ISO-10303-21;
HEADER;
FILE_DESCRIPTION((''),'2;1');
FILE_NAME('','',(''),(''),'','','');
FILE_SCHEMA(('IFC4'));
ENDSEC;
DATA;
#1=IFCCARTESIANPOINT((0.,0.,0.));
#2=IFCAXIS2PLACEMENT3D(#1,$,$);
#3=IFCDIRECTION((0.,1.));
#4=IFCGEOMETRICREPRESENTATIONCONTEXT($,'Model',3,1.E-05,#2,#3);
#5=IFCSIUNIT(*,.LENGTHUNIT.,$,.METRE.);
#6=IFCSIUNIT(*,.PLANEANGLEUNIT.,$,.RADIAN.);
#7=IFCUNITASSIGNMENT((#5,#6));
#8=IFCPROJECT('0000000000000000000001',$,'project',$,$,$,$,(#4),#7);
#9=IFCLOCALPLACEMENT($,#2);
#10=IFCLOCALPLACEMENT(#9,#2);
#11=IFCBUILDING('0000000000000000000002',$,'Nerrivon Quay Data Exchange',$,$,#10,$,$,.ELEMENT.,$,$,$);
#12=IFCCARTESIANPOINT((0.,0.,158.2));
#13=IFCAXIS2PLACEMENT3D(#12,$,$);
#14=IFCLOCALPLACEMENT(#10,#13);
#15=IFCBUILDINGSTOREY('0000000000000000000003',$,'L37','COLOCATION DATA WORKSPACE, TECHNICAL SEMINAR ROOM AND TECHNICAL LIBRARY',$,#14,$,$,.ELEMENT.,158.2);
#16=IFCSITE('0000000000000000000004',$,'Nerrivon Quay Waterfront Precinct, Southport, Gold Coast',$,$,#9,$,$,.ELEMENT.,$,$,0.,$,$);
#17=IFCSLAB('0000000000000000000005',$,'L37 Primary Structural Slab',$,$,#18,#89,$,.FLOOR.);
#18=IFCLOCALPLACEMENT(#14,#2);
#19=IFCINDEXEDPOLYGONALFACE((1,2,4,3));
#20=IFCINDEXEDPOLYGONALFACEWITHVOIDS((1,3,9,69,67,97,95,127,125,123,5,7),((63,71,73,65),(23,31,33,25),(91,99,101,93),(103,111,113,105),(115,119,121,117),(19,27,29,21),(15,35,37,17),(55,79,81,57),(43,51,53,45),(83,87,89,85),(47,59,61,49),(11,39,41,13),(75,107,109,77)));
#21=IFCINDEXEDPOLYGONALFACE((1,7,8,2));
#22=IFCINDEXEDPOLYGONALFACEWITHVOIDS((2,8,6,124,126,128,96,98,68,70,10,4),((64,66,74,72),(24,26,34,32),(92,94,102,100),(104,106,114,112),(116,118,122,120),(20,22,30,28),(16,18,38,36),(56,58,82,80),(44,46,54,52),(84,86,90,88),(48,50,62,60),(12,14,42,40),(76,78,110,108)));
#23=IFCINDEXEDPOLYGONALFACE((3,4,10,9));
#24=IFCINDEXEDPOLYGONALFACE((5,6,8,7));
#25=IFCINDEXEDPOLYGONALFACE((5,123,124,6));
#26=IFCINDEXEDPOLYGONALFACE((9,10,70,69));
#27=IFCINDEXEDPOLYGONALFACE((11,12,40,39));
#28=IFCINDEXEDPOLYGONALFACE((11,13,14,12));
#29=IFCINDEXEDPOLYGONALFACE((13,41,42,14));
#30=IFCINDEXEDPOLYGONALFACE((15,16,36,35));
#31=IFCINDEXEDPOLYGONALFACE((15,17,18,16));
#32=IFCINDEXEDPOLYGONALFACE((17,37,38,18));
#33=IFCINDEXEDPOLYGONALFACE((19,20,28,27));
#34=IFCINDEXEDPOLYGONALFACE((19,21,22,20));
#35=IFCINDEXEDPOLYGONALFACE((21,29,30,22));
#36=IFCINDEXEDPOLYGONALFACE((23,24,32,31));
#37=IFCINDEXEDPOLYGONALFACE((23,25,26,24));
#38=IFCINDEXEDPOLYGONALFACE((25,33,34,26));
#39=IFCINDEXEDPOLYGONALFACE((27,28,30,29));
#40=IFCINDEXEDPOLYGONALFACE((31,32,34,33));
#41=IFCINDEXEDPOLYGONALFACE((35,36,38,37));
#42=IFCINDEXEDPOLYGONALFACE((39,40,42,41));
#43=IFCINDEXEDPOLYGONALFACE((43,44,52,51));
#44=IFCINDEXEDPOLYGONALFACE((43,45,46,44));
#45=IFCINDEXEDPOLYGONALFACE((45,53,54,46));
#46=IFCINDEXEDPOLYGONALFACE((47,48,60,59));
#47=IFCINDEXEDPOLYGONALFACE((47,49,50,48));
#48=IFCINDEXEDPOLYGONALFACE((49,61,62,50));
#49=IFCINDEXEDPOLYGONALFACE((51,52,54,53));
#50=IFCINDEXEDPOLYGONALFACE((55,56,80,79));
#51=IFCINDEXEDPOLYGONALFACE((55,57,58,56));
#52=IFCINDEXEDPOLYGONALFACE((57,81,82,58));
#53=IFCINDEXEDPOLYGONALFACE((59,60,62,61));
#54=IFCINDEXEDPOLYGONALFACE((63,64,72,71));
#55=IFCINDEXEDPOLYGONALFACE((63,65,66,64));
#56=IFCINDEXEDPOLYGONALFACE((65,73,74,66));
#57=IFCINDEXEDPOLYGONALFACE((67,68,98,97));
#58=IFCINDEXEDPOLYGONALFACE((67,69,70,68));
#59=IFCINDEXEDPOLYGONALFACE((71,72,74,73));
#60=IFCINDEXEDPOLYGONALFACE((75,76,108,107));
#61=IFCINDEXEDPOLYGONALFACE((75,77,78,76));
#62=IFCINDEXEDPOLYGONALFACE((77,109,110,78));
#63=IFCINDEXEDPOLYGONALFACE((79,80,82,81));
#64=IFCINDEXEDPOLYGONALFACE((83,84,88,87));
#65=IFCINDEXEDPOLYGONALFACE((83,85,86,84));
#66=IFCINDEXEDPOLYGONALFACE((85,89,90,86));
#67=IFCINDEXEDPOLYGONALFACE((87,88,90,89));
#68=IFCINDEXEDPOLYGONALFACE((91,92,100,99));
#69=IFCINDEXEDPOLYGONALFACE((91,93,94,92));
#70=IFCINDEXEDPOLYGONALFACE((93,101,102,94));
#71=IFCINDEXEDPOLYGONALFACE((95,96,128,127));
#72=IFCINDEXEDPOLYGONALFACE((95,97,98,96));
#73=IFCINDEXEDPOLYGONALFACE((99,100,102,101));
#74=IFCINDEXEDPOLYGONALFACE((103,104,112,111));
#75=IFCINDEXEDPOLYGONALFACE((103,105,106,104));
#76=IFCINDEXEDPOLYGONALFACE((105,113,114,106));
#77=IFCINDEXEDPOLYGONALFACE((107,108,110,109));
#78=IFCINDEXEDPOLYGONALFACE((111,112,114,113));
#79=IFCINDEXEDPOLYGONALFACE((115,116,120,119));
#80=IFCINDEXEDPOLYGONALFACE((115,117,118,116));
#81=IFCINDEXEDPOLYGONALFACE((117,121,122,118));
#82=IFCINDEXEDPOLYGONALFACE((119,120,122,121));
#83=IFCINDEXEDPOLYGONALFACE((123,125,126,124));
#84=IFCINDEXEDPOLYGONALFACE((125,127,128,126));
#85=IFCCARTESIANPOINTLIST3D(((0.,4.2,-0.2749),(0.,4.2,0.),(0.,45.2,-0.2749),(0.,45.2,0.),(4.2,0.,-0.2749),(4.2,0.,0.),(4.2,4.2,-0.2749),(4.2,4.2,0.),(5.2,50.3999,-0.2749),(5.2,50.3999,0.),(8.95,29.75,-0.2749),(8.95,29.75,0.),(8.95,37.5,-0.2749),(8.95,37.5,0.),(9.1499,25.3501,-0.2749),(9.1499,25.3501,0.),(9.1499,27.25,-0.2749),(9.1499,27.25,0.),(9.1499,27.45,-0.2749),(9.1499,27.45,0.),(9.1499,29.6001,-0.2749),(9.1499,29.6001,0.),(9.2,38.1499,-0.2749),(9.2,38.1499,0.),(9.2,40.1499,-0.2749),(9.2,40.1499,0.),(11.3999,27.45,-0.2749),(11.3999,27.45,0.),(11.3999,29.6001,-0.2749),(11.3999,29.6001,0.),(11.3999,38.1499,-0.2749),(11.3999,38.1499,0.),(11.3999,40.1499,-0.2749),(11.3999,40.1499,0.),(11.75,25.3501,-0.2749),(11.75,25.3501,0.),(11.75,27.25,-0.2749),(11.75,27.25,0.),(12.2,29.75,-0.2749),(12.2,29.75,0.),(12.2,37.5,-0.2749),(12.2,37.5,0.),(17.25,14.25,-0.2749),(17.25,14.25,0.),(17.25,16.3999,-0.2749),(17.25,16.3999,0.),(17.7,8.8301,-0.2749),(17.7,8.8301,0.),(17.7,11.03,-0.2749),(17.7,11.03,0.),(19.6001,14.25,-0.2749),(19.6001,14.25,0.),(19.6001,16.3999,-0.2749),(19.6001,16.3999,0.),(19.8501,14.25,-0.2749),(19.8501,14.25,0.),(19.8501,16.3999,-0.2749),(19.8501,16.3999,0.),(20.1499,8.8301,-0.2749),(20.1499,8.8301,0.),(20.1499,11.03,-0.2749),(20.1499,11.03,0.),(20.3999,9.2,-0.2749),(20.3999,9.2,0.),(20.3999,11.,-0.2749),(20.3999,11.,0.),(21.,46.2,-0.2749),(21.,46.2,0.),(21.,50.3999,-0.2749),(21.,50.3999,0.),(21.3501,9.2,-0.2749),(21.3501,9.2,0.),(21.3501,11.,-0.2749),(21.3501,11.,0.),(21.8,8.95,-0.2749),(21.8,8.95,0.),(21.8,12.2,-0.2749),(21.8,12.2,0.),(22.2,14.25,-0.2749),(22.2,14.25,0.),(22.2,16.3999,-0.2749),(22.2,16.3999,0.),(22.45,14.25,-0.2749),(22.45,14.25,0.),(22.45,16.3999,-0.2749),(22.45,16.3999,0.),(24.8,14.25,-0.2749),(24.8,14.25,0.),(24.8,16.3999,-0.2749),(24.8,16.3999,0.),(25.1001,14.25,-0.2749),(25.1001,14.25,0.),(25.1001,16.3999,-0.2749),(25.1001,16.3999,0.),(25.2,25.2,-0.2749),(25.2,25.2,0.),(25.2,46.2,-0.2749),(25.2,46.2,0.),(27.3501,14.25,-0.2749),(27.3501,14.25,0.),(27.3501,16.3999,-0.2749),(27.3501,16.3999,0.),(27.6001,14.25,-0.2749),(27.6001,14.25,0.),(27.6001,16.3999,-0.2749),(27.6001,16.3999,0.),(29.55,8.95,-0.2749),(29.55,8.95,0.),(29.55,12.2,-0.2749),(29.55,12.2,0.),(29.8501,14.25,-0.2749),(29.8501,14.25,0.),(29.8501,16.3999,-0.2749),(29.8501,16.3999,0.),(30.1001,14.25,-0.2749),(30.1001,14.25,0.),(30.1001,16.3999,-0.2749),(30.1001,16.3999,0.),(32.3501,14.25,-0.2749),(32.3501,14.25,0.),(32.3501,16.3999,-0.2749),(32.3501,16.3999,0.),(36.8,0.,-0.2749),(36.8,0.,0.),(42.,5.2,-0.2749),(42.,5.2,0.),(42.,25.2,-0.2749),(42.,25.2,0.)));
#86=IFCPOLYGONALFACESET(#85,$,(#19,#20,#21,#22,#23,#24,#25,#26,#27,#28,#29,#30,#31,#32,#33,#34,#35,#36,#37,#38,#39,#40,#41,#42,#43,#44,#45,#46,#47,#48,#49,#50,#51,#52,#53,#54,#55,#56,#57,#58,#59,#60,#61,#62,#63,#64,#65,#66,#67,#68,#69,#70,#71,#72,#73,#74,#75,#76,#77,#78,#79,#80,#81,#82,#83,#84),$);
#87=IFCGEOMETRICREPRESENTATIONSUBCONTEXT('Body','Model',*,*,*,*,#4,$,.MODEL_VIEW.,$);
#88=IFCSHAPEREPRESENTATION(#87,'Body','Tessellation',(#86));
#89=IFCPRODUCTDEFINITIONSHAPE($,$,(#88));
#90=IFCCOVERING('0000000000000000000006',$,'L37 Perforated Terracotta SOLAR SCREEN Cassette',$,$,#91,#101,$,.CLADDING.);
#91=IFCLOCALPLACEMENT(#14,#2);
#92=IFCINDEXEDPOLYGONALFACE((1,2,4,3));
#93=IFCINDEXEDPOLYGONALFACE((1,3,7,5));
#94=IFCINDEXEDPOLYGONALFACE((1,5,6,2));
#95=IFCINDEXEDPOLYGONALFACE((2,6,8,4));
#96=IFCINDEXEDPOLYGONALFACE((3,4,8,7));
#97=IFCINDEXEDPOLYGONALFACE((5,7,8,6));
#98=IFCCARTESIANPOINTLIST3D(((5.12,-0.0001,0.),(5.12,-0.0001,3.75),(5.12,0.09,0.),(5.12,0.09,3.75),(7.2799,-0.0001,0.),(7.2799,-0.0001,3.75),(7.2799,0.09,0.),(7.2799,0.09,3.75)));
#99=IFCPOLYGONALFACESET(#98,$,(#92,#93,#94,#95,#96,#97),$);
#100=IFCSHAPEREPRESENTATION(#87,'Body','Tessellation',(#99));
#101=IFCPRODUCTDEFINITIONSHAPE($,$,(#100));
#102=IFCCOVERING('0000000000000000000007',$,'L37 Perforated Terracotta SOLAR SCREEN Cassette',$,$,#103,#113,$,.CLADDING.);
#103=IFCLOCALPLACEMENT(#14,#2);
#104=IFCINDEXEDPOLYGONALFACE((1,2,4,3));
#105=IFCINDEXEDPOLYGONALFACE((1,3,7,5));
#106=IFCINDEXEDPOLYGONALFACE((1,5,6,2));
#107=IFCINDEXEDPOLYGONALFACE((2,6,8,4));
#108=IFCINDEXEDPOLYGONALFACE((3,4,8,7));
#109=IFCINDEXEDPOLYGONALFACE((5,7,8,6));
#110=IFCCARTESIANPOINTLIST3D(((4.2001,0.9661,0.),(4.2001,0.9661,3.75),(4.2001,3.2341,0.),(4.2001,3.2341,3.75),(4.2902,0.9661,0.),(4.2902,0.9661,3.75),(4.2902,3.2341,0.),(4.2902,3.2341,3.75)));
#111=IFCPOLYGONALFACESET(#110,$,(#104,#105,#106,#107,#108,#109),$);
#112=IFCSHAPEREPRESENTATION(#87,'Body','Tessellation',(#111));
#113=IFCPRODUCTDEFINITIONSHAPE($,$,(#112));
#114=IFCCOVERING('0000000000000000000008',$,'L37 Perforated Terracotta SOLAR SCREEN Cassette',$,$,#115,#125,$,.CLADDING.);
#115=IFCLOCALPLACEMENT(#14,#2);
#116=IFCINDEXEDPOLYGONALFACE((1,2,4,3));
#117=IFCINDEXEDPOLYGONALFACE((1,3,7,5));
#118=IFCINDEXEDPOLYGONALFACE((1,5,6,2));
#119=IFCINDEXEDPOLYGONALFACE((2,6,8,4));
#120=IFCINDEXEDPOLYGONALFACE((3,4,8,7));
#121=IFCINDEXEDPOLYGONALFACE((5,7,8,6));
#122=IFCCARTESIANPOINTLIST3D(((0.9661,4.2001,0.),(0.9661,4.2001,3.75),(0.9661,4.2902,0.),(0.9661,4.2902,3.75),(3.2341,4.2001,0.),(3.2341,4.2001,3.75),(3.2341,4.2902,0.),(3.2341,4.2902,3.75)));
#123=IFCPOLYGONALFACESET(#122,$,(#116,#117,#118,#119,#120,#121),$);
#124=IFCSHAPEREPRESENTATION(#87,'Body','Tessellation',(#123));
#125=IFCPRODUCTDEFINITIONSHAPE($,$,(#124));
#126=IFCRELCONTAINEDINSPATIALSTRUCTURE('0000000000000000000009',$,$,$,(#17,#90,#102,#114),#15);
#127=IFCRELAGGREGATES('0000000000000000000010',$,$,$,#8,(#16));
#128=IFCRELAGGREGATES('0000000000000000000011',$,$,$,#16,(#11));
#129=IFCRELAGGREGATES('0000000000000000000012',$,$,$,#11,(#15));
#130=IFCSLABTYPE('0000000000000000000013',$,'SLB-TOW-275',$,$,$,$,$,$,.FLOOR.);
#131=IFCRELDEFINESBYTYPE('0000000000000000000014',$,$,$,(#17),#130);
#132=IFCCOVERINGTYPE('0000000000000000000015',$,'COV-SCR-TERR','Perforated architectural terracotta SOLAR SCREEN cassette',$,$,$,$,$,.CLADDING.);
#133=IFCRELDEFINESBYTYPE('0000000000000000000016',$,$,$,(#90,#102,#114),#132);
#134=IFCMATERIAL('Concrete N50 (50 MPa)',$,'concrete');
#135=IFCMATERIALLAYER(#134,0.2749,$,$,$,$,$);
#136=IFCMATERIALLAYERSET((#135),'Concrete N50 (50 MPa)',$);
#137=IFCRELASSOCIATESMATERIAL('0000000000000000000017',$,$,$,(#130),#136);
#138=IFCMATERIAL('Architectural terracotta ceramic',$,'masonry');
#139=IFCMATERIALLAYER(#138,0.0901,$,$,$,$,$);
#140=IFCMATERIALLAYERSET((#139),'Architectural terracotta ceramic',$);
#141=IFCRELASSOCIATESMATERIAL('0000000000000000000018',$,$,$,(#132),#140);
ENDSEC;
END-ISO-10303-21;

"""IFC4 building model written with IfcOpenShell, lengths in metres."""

from ifc_helpers import new_model, si_unit, direction, frame, origin, origin_2d, place, context, subcontext, project, spatial, polyline, rectangle, outline, extrude, material, layer, layer_set, type_object, element, save


model = new_model("IFC4")

# Units and contexts
model_context = context("Model", 3, precision=1e-05, world=origin(), true_north=direction((0.0, 1.0)))
body_context = subcontext(model_context, "Body", "Model", "MODEL_VIEW")
ifc_project = project(units=[si_unit("LENGTHUNIT", "METRE"), si_unit("PLANEANGLEUNIT", "RADIAN")], contexts=[model_context])

# Site, building, storey
site_placement = place(None, origin())
site = spatial("IfcSite", under=ifc_project, at=site_placement, Name="Nerrivon Quay Waterfront Precinct, Southport, Gold Coast", CompositionType="ELEMENT", RefElevation=0.0)
building_placement = place(site_placement, origin())
building = spatial("IfcBuilding", under=site, at=building_placement, Name="Nerrivon Quay Data Exchange", CompositionType="ELEMENT")
storey_placement = place(building_placement, frame((0.0, 0.0, 158.2)))
storey = spatial("IfcBuildingStorey", under=building, at=storey_placement, Name="L37", Description="COLOCATION DATA WORKSPACE, TECHNICAL SEMINAR ROOM AND TECHNICAL LIBRARY", CompositionType="ELEMENT", Elevation=158.2)

# Shared definitions
ifc_material_1 = material(Name="Concrete N50 (50 MPa)", Category="concrete")

# Slab
ifc_layer_1 = layer(ifc_material_1, 0.2749)
ifc_layer_set_1 = layer_set([ifc_layer_1], Name="Concrete N50 (50 MPa)")
slab_type_1 = type_object("IfcSlabType", Name="SLB-TOW-275", PredefinedType="FLOOR", material=ifc_layer_set_1)
slab_1_placement = place(storey_placement, frame((0.0, 0.0, -0.2749)))
element("IfcSlab", 1, at=slab_1_placement, inside=storey, type_object=slab_type_1, Name="L37 Primary Structural Slab", PredefinedType="FLOOR", context=body_context, shape_type="SweptSolid", body=[
    extrude(outline(polyline([(42.0, 25.2), (25.2, 25.2), (25.2, 46.2), (21.0, 46.2), (21.0, 50.3999), (5.2, 50.3999), (0.0, 45.2), (0.0, 4.2), (4.2, 4.2), (4.2, 0.0), (36.8, 0.0), (42.0, 5.2), (42.0, 25.2)]), holes=[polyline([(8.95, 29.75), (8.95, 37.5), (12.2, 37.5), (12.2, 29.75), (8.95, 29.75)]), polyline([(21.8, 12.2), (29.55, 12.2), (29.55, 8.95), (21.8, 8.95), (21.8, 12.2)]), polyline([(30.1001, 16.3999), (32.3501, 16.3999), (32.3501, 14.25), (30.1001, 14.25), (30.1001, 16.3999)]), polyline([(27.6001, 16.3999), (29.8501, 16.3999), (29.8501, 14.25), (27.6001, 14.25), (27.6001, 16.3999)]), polyline([(25.1001, 14.25), (25.1001, 16.3999), (27.3501, 16.3999), (27.3501, 14.25), (25.1001, 14.25)]), polyline([(22.45, 16.3999), (24.8, 16.3999), (24.8, 14.25), (22.45, 14.25), (22.45, 16.3999)]), polyline([(19.8501, 16.3999), (22.2, 16.3999), (22.2, 14.25), (19.8501, 14.25), (19.8501, 16.3999)]), polyline([(20.3999, 9.2), (20.3999, 11.0), (21.3501, 11.0), (21.3501, 9.2), (20.3999, 9.2)]), polyline([(17.7, 8.8301), (17.7, 11.03), (20.1499, 11.03), (20.1499, 8.8301), (17.7, 8.8301)]), polyline([(17.25, 14.25), (17.25, 16.3999), (19.6001, 16.3999), (19.6001, 14.25), (17.25, 14.25)]), polyline([(9.1499, 27.25), (11.75, 27.25), (11.75, 25.3501), (9.1499, 25.3501), (9.1499, 27.25)]), polyline([(9.1499, 29.6001), (11.3999, 29.6001), (11.3999, 27.45), (9.1499, 27.45), (9.1499, 29.6001)]), polyline([(9.2, 38.1499), (9.2, 40.1499), (11.3999, 40.1499), (11.3999, 38.1499), (9.2, 38.1499)])]), origin(), (0.0, 0.0, 1.0), 0.2749),
])

# Coverings
ifc_material_2 = material(Name="Architectural terracotta ceramic", Category="masonry")
ifc_layer_2 = layer(ifc_material_2, 0.0901)
ifc_layer_set_2 = layer_set([ifc_layer_2], Name="Architectural terracotta ceramic")
covering_type = type_object("IfcCoveringType", Name="COV-SCR-TERR", Description="Perforated architectural terracotta SOLAR SCREEN cassette", PredefinedType="CLADDING", material=ifc_layer_set_2)
covering_placement = place(storey_placement, frame((6.2, 0.0449, 0.0), z_axis=(0.0, 0.0, 1.0), x_axis=(-1.0, 0.0, 0.0)))
element("IfcCovering", 2, at=covering_placement, inside=storey, type_object=covering_type, Name="L37 Perforated Terracotta SOLAR SCREEN Cassette", PredefinedType="CLADDING", context=body_context, shape_type="SweptSolid", body=[
    extrude(rectangle(XDim=2.1599, YDim=0.0901, at=origin_2d()), origin(), (0.0, 0.0, 1.0), 3.75),
])
for number, where, z_axis, x_axis, name in (
    (3, (4.2451, 2.1001, 0.0), (0.0, 0.0, 1.0), (0.0, 1.0, 0.0), "L37 Perforated Terracotta SOLAR SCREEN Cassette"),
    (4, (2.1001, 4.2451, 0.0), (0.0, 0.0, 1.0), (-1.0, 0.0, 0.0), "L37 Perforated Terracotta SOLAR SCREEN Cassette"),
):
    element("IfcCovering", number, at=place(storey_placement, frame(where, z_axis=z_axis, x_axis=x_axis)), inside=storey, type_object=covering_type, Name=name, PredefinedType="CLADDING", context=body_context, shape_type="SweptSolid", body=[
        extrude(rectangle(XDim=2.2681, YDim=0.0901, at=origin_2d()), origin(), (0.0, 0.0, 1.0), 3.75),
    ])

save(model, "model.ifc")
